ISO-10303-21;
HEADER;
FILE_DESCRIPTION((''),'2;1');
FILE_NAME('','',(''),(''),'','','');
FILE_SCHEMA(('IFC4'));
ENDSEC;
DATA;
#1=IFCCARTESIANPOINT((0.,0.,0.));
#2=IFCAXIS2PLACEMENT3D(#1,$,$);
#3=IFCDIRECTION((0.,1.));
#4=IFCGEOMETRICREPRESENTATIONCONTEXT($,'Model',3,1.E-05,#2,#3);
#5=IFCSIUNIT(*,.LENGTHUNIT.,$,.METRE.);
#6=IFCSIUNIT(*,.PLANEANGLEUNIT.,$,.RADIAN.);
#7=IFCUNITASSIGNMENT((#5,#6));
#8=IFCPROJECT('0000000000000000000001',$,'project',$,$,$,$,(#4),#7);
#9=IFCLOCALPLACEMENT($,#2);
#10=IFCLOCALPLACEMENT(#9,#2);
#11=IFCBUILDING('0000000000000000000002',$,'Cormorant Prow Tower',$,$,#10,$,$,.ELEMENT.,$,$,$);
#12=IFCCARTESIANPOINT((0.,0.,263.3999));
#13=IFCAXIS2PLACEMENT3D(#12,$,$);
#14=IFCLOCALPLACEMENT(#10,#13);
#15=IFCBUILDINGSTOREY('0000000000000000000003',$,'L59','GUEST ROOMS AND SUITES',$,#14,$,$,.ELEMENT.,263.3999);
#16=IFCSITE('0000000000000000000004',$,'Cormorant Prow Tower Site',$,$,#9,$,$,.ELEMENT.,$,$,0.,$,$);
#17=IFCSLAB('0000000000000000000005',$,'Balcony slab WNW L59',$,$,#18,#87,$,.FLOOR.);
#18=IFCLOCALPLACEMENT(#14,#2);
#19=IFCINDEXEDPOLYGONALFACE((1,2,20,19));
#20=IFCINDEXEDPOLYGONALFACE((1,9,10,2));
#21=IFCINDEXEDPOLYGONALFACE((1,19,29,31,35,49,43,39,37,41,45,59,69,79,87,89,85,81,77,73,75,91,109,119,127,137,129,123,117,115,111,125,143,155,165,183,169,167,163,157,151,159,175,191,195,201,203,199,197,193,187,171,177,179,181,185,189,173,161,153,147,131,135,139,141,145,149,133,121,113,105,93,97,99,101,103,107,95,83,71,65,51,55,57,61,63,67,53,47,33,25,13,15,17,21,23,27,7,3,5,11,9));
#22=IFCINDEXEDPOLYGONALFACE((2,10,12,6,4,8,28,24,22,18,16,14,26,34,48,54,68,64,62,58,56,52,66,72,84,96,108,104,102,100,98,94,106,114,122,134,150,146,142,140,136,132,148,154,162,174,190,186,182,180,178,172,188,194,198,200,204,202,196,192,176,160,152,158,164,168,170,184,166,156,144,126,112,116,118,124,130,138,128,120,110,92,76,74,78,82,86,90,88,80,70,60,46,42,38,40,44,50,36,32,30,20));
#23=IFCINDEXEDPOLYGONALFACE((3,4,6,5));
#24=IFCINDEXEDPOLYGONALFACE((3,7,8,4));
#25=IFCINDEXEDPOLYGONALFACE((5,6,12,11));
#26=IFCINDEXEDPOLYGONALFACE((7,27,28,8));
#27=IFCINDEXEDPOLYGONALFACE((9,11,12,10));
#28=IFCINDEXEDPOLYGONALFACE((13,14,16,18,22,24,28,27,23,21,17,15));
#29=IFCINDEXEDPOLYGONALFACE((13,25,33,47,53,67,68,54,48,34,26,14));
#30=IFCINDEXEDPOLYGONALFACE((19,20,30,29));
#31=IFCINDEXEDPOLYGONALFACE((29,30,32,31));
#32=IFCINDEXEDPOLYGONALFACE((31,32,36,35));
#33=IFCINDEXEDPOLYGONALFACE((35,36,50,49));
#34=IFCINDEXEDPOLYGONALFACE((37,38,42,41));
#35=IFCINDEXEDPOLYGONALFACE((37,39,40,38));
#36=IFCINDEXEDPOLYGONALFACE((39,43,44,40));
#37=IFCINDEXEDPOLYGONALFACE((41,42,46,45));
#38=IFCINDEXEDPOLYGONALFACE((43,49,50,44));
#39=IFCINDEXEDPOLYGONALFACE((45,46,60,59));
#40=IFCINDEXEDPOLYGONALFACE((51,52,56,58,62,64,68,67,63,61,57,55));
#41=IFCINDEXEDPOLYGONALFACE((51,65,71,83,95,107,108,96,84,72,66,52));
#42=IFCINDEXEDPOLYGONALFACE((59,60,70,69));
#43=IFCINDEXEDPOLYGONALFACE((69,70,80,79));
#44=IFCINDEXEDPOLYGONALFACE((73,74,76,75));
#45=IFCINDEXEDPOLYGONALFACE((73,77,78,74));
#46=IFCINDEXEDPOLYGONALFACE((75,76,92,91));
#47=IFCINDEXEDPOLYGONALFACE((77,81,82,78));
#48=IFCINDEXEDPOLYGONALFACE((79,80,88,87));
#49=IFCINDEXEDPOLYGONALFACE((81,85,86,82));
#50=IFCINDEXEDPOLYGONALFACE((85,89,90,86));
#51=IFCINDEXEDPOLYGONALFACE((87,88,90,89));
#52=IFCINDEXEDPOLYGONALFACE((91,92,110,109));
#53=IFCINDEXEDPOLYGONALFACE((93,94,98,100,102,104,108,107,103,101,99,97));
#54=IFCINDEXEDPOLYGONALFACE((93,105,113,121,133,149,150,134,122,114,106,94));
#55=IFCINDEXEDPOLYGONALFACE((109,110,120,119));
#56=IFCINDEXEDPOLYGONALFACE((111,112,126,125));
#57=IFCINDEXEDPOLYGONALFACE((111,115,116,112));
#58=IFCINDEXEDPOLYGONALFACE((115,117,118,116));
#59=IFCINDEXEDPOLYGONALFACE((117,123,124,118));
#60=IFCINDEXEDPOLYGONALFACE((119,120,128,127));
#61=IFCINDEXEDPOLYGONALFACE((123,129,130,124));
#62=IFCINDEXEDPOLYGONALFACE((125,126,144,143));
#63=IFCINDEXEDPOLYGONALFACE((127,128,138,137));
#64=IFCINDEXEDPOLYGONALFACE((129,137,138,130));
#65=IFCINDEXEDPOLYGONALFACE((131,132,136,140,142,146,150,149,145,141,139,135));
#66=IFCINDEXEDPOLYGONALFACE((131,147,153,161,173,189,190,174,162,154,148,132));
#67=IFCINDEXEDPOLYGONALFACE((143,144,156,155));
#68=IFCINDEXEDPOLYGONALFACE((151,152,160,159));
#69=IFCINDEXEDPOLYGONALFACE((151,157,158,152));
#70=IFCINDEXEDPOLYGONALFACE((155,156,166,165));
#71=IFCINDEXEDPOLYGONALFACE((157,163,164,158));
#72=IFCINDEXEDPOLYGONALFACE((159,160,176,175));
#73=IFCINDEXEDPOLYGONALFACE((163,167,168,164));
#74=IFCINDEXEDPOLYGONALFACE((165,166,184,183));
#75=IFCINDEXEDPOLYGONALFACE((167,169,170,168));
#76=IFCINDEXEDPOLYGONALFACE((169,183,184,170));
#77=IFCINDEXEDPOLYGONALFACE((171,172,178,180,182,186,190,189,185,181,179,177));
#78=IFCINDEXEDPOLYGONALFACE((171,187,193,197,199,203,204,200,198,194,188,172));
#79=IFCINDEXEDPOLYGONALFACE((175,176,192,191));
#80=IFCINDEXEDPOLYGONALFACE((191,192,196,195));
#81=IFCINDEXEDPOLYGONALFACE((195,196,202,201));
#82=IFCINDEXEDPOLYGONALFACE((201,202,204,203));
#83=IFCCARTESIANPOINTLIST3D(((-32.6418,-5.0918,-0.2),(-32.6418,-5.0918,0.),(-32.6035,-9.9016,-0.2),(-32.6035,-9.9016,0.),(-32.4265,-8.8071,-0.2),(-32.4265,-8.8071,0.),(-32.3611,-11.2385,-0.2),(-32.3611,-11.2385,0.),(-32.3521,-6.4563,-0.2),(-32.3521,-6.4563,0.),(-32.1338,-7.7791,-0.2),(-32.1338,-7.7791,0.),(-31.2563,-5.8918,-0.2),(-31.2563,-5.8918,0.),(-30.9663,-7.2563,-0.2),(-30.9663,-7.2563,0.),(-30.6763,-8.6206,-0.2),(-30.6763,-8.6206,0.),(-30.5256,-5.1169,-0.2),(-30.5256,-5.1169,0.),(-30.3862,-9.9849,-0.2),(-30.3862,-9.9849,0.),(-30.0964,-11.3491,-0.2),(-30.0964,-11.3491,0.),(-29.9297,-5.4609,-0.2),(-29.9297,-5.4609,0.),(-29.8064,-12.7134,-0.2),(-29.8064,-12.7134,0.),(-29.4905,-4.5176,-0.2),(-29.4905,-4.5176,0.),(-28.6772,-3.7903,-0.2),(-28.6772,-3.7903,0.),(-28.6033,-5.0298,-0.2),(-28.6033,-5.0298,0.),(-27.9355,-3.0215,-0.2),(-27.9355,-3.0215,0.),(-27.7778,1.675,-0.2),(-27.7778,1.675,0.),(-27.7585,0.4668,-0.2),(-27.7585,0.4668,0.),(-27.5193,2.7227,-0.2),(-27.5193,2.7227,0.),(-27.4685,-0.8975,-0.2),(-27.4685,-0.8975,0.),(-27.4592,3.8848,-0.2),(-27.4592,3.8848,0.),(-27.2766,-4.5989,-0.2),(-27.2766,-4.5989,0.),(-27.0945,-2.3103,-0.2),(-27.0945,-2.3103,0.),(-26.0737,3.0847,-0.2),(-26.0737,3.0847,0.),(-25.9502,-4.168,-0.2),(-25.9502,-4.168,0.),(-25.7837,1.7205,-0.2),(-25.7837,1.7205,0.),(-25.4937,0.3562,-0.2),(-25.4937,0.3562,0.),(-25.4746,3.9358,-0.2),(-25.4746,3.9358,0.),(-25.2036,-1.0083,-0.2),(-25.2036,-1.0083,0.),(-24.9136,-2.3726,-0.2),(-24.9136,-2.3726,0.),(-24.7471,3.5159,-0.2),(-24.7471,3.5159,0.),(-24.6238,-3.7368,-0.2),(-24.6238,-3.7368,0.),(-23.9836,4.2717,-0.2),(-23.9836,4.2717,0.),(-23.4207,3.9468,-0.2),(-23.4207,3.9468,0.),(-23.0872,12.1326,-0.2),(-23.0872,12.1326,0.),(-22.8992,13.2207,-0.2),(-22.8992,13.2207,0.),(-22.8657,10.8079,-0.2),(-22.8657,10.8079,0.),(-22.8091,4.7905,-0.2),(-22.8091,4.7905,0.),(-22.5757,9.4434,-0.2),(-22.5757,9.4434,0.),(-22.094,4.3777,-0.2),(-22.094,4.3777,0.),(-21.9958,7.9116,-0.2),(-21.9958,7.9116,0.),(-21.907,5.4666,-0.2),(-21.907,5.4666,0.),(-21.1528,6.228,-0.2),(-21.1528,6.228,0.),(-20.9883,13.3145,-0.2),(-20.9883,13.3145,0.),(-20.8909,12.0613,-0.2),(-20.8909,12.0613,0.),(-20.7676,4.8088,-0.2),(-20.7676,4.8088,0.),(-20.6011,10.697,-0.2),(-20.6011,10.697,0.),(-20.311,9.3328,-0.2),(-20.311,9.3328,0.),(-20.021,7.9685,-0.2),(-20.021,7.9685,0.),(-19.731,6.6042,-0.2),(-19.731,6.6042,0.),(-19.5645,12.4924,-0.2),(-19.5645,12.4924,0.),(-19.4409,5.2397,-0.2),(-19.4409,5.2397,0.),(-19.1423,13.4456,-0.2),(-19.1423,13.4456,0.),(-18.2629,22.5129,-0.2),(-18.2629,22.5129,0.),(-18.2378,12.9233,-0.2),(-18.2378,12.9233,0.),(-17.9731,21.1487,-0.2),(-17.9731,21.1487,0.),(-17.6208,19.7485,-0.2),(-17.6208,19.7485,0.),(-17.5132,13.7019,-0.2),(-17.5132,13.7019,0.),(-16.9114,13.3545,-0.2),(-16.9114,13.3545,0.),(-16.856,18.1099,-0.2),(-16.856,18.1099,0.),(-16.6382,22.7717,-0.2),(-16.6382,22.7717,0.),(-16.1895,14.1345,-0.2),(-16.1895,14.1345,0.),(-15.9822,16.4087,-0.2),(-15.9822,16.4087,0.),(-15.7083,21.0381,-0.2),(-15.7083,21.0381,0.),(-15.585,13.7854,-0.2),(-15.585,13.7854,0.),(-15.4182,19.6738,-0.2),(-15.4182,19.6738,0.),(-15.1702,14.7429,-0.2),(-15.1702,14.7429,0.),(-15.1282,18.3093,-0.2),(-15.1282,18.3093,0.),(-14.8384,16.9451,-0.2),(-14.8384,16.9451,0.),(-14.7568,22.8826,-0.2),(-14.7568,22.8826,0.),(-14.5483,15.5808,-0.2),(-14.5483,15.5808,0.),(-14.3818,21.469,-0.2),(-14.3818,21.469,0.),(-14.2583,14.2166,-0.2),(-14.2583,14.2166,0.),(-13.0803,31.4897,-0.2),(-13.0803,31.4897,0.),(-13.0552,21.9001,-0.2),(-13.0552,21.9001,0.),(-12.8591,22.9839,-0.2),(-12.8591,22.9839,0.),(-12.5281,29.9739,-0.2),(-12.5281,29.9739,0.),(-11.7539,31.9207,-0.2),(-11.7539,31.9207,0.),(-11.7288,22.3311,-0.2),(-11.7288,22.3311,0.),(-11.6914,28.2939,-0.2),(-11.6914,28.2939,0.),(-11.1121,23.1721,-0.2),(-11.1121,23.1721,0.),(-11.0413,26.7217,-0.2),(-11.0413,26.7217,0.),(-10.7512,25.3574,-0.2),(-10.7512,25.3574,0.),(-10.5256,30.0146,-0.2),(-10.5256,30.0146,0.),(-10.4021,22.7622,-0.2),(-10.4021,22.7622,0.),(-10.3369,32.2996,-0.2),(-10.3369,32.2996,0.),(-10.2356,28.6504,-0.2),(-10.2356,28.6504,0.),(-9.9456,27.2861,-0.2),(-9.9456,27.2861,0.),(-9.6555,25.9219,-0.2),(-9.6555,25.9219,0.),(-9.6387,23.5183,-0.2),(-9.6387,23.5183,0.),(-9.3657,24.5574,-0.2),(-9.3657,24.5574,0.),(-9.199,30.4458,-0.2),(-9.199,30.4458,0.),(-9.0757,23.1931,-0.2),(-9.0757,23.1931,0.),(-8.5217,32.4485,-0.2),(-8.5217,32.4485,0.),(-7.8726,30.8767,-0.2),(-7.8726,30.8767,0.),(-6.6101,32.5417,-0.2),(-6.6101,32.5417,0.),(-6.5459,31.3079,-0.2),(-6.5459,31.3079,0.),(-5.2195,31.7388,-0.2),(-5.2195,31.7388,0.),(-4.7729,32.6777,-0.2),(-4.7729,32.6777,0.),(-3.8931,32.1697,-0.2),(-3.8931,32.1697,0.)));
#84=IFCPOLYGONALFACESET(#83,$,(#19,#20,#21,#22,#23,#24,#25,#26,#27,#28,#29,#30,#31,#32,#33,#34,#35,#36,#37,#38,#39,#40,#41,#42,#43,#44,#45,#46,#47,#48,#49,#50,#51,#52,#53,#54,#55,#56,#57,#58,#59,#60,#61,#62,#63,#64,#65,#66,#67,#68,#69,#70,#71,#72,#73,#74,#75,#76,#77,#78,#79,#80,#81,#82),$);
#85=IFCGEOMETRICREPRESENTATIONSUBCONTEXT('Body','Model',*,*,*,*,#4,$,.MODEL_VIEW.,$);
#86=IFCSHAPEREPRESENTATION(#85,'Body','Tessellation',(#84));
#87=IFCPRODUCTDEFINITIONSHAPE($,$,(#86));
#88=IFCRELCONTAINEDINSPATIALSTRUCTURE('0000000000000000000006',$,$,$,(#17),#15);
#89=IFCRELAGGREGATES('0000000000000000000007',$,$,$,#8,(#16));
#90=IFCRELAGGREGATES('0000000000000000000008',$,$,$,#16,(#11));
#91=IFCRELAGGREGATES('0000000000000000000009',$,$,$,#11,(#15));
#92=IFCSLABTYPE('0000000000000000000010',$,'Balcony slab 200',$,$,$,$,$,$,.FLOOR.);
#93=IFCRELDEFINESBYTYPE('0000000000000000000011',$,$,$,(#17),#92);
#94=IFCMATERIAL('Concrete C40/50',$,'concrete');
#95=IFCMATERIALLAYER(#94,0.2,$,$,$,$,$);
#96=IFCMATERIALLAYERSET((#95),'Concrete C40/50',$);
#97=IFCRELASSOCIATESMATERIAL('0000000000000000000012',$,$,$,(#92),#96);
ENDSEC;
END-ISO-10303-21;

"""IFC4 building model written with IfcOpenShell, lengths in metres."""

from ifc_helpers import new_model, si_unit, direction, frame, origin, place, context, subcontext, project, spatial, polyline, outline, extrude, material, layer, layer_set, type_object, element, save


model = new_model("IFC4")

# Units and contexts
model_context = context("Model", 3, precision=1e-05, world=origin(), true_north=direction((0.0, 1.0)))
body_context = subcontext(model_context, "Body", "Model", "MODEL_VIEW")
ifc_project = project(units=[si_unit("LENGTHUNIT", "METRE"), si_unit("PLANEANGLEUNIT", "RADIAN")], contexts=[model_context])

# Site, building, storey
site_placement = place(None, origin())
site = spatial("IfcSite", under=ifc_project, at=site_placement, Name="Cormorant Prow Tower Site", CompositionType="ELEMENT", RefElevation=0.0)
building_placement = place(site_placement, origin())
building = spatial("IfcBuilding", under=site, at=building_placement, Name="Cormorant Prow Tower", CompositionType="ELEMENT")
storey_placement = place(building_placement, frame((0.0, 0.0, 263.3999)))
storey = spatial("IfcBuildingStorey", under=building, at=storey_placement, Name="L59", Description="GUEST ROOMS AND SUITES", CompositionType="ELEMENT", Elevation=263.3999)

# Slab
ifc_material_1 = material(Name="Concrete C40/50", Category="concrete")
ifc_layer_1 = layer(ifc_material_1, 0.2)
ifc_layer_set_1 = layer_set([ifc_layer_1], Name="Concrete C40/50")
slab_type_1 = type_object("IfcSlabType", Name="Balcony slab 200", PredefinedType="FLOOR", material=ifc_layer_set_1)
slab_1_placement = place(storey_placement, frame((0.0, 0.0, -0.2)))
element("IfcSlab", 1, at=slab_1_placement, inside=storey, type_object=slab_type_1, Name="Balcony slab WNW L59", PredefinedType="FLOOR", context=body_context, shape_type="SweptSolid", body=[
    extrude(outline(polyline([(-3.8931, 32.1697), (-4.7729, 32.6777), (-6.6101, 32.5417), (-8.5217, 32.4485), (-10.3369, 32.2996), (-11.7539, 31.9207), (-13.0803, 31.4897), (-12.5281, 29.9739), (-11.6914, 28.2939), (-11.0413, 26.7217), (-10.7512, 25.3574), (-9.6387, 23.5183), (-11.1121, 23.1721), (-12.8591, 22.9839), (-14.7568, 22.8826), (-16.6382, 22.7717), (-18.2629, 22.5129), (-17.9731, 21.1487), (-17.6208, 19.7485), (-16.856, 18.1099), (-15.9822, 16.4087), (-15.1702, 14.7429), (-16.1895, 14.1345), (-17.5132, 13.7019), (-19.1423, 13.4456), (-20.9883, 13.3145), (-22.8992, 13.2207), (-23.0872, 12.1326), (-22.8657, 10.8079), (-22.5757, 9.4434), (-21.9958, 7.9116), (-21.1528, 6.228), (-21.907, 5.4666), (-22.8091, 4.7905), (-23.9836, 4.2717), (-25.4746, 3.9358), (-27.4592, 3.8848), (-27.5193, 2.7227), (-27.7778, 1.675), (-27.7585, 0.4668), (-27.4685, -0.8975), (-27.0945, -2.3103), (-27.9355, -3.0215), (-28.6772, -3.7903), (-29.4905, -4.5176), (-30.5256, -5.1169), (-32.6418, -5.0918), (-32.3521, -6.4563), (-32.1338, -7.7791), (-32.4265, -8.8071), (-32.6035, -9.9016), (-32.3611, -11.2385), (-29.8064, -12.7134), (-30.0964, -11.3491), (-30.3862, -9.9849), (-30.6763, -8.6206), (-30.9663, -7.2563), (-31.2563, -5.8918), (-29.9297, -5.4609), (-28.6033, -5.0298), (-27.2766, -4.5989), (-25.9502, -4.168), (-24.6238, -3.7368), (-24.9136, -2.3726), (-25.2036, -1.0083), (-25.4937, 0.3562), (-25.7837, 1.7205), (-26.0737, 3.0847), (-24.7471, 3.5159), (-23.4207, 3.9468), (-22.094, 4.3777), (-20.7676, 4.8088), (-19.4409, 5.2397), (-19.731, 6.6042), (-20.021, 7.9685), (-20.311, 9.3328), (-20.6011, 10.697), (-20.8909, 12.0613), (-19.5645, 12.4924), (-18.2378, 12.9233), (-16.9114, 13.3545), (-15.585, 13.7854), (-14.2583, 14.2166), (-14.5483, 15.5808), (-14.8384, 16.9451), (-15.1282, 18.3093), (-15.4182, 19.6738), (-15.7083, 21.0381), (-14.3818, 21.469), (-13.0552, 21.9001), (-11.7288, 22.3311), (-10.4021, 22.7622), (-9.0757, 23.1931), (-9.3657, 24.5574), (-9.6555, 25.9219), (-9.9456, 27.2861), (-10.2356, 28.6504), (-10.5256, 30.0146), (-9.199, 30.4458), (-7.8726, 30.8767), (-6.5459, 31.3079), (-5.2195, 31.7388), (-3.8931, 32.1697)])), origin(), (0.0, 0.0, 1.0), 0.2),
])

save(model, "model.ifc")
